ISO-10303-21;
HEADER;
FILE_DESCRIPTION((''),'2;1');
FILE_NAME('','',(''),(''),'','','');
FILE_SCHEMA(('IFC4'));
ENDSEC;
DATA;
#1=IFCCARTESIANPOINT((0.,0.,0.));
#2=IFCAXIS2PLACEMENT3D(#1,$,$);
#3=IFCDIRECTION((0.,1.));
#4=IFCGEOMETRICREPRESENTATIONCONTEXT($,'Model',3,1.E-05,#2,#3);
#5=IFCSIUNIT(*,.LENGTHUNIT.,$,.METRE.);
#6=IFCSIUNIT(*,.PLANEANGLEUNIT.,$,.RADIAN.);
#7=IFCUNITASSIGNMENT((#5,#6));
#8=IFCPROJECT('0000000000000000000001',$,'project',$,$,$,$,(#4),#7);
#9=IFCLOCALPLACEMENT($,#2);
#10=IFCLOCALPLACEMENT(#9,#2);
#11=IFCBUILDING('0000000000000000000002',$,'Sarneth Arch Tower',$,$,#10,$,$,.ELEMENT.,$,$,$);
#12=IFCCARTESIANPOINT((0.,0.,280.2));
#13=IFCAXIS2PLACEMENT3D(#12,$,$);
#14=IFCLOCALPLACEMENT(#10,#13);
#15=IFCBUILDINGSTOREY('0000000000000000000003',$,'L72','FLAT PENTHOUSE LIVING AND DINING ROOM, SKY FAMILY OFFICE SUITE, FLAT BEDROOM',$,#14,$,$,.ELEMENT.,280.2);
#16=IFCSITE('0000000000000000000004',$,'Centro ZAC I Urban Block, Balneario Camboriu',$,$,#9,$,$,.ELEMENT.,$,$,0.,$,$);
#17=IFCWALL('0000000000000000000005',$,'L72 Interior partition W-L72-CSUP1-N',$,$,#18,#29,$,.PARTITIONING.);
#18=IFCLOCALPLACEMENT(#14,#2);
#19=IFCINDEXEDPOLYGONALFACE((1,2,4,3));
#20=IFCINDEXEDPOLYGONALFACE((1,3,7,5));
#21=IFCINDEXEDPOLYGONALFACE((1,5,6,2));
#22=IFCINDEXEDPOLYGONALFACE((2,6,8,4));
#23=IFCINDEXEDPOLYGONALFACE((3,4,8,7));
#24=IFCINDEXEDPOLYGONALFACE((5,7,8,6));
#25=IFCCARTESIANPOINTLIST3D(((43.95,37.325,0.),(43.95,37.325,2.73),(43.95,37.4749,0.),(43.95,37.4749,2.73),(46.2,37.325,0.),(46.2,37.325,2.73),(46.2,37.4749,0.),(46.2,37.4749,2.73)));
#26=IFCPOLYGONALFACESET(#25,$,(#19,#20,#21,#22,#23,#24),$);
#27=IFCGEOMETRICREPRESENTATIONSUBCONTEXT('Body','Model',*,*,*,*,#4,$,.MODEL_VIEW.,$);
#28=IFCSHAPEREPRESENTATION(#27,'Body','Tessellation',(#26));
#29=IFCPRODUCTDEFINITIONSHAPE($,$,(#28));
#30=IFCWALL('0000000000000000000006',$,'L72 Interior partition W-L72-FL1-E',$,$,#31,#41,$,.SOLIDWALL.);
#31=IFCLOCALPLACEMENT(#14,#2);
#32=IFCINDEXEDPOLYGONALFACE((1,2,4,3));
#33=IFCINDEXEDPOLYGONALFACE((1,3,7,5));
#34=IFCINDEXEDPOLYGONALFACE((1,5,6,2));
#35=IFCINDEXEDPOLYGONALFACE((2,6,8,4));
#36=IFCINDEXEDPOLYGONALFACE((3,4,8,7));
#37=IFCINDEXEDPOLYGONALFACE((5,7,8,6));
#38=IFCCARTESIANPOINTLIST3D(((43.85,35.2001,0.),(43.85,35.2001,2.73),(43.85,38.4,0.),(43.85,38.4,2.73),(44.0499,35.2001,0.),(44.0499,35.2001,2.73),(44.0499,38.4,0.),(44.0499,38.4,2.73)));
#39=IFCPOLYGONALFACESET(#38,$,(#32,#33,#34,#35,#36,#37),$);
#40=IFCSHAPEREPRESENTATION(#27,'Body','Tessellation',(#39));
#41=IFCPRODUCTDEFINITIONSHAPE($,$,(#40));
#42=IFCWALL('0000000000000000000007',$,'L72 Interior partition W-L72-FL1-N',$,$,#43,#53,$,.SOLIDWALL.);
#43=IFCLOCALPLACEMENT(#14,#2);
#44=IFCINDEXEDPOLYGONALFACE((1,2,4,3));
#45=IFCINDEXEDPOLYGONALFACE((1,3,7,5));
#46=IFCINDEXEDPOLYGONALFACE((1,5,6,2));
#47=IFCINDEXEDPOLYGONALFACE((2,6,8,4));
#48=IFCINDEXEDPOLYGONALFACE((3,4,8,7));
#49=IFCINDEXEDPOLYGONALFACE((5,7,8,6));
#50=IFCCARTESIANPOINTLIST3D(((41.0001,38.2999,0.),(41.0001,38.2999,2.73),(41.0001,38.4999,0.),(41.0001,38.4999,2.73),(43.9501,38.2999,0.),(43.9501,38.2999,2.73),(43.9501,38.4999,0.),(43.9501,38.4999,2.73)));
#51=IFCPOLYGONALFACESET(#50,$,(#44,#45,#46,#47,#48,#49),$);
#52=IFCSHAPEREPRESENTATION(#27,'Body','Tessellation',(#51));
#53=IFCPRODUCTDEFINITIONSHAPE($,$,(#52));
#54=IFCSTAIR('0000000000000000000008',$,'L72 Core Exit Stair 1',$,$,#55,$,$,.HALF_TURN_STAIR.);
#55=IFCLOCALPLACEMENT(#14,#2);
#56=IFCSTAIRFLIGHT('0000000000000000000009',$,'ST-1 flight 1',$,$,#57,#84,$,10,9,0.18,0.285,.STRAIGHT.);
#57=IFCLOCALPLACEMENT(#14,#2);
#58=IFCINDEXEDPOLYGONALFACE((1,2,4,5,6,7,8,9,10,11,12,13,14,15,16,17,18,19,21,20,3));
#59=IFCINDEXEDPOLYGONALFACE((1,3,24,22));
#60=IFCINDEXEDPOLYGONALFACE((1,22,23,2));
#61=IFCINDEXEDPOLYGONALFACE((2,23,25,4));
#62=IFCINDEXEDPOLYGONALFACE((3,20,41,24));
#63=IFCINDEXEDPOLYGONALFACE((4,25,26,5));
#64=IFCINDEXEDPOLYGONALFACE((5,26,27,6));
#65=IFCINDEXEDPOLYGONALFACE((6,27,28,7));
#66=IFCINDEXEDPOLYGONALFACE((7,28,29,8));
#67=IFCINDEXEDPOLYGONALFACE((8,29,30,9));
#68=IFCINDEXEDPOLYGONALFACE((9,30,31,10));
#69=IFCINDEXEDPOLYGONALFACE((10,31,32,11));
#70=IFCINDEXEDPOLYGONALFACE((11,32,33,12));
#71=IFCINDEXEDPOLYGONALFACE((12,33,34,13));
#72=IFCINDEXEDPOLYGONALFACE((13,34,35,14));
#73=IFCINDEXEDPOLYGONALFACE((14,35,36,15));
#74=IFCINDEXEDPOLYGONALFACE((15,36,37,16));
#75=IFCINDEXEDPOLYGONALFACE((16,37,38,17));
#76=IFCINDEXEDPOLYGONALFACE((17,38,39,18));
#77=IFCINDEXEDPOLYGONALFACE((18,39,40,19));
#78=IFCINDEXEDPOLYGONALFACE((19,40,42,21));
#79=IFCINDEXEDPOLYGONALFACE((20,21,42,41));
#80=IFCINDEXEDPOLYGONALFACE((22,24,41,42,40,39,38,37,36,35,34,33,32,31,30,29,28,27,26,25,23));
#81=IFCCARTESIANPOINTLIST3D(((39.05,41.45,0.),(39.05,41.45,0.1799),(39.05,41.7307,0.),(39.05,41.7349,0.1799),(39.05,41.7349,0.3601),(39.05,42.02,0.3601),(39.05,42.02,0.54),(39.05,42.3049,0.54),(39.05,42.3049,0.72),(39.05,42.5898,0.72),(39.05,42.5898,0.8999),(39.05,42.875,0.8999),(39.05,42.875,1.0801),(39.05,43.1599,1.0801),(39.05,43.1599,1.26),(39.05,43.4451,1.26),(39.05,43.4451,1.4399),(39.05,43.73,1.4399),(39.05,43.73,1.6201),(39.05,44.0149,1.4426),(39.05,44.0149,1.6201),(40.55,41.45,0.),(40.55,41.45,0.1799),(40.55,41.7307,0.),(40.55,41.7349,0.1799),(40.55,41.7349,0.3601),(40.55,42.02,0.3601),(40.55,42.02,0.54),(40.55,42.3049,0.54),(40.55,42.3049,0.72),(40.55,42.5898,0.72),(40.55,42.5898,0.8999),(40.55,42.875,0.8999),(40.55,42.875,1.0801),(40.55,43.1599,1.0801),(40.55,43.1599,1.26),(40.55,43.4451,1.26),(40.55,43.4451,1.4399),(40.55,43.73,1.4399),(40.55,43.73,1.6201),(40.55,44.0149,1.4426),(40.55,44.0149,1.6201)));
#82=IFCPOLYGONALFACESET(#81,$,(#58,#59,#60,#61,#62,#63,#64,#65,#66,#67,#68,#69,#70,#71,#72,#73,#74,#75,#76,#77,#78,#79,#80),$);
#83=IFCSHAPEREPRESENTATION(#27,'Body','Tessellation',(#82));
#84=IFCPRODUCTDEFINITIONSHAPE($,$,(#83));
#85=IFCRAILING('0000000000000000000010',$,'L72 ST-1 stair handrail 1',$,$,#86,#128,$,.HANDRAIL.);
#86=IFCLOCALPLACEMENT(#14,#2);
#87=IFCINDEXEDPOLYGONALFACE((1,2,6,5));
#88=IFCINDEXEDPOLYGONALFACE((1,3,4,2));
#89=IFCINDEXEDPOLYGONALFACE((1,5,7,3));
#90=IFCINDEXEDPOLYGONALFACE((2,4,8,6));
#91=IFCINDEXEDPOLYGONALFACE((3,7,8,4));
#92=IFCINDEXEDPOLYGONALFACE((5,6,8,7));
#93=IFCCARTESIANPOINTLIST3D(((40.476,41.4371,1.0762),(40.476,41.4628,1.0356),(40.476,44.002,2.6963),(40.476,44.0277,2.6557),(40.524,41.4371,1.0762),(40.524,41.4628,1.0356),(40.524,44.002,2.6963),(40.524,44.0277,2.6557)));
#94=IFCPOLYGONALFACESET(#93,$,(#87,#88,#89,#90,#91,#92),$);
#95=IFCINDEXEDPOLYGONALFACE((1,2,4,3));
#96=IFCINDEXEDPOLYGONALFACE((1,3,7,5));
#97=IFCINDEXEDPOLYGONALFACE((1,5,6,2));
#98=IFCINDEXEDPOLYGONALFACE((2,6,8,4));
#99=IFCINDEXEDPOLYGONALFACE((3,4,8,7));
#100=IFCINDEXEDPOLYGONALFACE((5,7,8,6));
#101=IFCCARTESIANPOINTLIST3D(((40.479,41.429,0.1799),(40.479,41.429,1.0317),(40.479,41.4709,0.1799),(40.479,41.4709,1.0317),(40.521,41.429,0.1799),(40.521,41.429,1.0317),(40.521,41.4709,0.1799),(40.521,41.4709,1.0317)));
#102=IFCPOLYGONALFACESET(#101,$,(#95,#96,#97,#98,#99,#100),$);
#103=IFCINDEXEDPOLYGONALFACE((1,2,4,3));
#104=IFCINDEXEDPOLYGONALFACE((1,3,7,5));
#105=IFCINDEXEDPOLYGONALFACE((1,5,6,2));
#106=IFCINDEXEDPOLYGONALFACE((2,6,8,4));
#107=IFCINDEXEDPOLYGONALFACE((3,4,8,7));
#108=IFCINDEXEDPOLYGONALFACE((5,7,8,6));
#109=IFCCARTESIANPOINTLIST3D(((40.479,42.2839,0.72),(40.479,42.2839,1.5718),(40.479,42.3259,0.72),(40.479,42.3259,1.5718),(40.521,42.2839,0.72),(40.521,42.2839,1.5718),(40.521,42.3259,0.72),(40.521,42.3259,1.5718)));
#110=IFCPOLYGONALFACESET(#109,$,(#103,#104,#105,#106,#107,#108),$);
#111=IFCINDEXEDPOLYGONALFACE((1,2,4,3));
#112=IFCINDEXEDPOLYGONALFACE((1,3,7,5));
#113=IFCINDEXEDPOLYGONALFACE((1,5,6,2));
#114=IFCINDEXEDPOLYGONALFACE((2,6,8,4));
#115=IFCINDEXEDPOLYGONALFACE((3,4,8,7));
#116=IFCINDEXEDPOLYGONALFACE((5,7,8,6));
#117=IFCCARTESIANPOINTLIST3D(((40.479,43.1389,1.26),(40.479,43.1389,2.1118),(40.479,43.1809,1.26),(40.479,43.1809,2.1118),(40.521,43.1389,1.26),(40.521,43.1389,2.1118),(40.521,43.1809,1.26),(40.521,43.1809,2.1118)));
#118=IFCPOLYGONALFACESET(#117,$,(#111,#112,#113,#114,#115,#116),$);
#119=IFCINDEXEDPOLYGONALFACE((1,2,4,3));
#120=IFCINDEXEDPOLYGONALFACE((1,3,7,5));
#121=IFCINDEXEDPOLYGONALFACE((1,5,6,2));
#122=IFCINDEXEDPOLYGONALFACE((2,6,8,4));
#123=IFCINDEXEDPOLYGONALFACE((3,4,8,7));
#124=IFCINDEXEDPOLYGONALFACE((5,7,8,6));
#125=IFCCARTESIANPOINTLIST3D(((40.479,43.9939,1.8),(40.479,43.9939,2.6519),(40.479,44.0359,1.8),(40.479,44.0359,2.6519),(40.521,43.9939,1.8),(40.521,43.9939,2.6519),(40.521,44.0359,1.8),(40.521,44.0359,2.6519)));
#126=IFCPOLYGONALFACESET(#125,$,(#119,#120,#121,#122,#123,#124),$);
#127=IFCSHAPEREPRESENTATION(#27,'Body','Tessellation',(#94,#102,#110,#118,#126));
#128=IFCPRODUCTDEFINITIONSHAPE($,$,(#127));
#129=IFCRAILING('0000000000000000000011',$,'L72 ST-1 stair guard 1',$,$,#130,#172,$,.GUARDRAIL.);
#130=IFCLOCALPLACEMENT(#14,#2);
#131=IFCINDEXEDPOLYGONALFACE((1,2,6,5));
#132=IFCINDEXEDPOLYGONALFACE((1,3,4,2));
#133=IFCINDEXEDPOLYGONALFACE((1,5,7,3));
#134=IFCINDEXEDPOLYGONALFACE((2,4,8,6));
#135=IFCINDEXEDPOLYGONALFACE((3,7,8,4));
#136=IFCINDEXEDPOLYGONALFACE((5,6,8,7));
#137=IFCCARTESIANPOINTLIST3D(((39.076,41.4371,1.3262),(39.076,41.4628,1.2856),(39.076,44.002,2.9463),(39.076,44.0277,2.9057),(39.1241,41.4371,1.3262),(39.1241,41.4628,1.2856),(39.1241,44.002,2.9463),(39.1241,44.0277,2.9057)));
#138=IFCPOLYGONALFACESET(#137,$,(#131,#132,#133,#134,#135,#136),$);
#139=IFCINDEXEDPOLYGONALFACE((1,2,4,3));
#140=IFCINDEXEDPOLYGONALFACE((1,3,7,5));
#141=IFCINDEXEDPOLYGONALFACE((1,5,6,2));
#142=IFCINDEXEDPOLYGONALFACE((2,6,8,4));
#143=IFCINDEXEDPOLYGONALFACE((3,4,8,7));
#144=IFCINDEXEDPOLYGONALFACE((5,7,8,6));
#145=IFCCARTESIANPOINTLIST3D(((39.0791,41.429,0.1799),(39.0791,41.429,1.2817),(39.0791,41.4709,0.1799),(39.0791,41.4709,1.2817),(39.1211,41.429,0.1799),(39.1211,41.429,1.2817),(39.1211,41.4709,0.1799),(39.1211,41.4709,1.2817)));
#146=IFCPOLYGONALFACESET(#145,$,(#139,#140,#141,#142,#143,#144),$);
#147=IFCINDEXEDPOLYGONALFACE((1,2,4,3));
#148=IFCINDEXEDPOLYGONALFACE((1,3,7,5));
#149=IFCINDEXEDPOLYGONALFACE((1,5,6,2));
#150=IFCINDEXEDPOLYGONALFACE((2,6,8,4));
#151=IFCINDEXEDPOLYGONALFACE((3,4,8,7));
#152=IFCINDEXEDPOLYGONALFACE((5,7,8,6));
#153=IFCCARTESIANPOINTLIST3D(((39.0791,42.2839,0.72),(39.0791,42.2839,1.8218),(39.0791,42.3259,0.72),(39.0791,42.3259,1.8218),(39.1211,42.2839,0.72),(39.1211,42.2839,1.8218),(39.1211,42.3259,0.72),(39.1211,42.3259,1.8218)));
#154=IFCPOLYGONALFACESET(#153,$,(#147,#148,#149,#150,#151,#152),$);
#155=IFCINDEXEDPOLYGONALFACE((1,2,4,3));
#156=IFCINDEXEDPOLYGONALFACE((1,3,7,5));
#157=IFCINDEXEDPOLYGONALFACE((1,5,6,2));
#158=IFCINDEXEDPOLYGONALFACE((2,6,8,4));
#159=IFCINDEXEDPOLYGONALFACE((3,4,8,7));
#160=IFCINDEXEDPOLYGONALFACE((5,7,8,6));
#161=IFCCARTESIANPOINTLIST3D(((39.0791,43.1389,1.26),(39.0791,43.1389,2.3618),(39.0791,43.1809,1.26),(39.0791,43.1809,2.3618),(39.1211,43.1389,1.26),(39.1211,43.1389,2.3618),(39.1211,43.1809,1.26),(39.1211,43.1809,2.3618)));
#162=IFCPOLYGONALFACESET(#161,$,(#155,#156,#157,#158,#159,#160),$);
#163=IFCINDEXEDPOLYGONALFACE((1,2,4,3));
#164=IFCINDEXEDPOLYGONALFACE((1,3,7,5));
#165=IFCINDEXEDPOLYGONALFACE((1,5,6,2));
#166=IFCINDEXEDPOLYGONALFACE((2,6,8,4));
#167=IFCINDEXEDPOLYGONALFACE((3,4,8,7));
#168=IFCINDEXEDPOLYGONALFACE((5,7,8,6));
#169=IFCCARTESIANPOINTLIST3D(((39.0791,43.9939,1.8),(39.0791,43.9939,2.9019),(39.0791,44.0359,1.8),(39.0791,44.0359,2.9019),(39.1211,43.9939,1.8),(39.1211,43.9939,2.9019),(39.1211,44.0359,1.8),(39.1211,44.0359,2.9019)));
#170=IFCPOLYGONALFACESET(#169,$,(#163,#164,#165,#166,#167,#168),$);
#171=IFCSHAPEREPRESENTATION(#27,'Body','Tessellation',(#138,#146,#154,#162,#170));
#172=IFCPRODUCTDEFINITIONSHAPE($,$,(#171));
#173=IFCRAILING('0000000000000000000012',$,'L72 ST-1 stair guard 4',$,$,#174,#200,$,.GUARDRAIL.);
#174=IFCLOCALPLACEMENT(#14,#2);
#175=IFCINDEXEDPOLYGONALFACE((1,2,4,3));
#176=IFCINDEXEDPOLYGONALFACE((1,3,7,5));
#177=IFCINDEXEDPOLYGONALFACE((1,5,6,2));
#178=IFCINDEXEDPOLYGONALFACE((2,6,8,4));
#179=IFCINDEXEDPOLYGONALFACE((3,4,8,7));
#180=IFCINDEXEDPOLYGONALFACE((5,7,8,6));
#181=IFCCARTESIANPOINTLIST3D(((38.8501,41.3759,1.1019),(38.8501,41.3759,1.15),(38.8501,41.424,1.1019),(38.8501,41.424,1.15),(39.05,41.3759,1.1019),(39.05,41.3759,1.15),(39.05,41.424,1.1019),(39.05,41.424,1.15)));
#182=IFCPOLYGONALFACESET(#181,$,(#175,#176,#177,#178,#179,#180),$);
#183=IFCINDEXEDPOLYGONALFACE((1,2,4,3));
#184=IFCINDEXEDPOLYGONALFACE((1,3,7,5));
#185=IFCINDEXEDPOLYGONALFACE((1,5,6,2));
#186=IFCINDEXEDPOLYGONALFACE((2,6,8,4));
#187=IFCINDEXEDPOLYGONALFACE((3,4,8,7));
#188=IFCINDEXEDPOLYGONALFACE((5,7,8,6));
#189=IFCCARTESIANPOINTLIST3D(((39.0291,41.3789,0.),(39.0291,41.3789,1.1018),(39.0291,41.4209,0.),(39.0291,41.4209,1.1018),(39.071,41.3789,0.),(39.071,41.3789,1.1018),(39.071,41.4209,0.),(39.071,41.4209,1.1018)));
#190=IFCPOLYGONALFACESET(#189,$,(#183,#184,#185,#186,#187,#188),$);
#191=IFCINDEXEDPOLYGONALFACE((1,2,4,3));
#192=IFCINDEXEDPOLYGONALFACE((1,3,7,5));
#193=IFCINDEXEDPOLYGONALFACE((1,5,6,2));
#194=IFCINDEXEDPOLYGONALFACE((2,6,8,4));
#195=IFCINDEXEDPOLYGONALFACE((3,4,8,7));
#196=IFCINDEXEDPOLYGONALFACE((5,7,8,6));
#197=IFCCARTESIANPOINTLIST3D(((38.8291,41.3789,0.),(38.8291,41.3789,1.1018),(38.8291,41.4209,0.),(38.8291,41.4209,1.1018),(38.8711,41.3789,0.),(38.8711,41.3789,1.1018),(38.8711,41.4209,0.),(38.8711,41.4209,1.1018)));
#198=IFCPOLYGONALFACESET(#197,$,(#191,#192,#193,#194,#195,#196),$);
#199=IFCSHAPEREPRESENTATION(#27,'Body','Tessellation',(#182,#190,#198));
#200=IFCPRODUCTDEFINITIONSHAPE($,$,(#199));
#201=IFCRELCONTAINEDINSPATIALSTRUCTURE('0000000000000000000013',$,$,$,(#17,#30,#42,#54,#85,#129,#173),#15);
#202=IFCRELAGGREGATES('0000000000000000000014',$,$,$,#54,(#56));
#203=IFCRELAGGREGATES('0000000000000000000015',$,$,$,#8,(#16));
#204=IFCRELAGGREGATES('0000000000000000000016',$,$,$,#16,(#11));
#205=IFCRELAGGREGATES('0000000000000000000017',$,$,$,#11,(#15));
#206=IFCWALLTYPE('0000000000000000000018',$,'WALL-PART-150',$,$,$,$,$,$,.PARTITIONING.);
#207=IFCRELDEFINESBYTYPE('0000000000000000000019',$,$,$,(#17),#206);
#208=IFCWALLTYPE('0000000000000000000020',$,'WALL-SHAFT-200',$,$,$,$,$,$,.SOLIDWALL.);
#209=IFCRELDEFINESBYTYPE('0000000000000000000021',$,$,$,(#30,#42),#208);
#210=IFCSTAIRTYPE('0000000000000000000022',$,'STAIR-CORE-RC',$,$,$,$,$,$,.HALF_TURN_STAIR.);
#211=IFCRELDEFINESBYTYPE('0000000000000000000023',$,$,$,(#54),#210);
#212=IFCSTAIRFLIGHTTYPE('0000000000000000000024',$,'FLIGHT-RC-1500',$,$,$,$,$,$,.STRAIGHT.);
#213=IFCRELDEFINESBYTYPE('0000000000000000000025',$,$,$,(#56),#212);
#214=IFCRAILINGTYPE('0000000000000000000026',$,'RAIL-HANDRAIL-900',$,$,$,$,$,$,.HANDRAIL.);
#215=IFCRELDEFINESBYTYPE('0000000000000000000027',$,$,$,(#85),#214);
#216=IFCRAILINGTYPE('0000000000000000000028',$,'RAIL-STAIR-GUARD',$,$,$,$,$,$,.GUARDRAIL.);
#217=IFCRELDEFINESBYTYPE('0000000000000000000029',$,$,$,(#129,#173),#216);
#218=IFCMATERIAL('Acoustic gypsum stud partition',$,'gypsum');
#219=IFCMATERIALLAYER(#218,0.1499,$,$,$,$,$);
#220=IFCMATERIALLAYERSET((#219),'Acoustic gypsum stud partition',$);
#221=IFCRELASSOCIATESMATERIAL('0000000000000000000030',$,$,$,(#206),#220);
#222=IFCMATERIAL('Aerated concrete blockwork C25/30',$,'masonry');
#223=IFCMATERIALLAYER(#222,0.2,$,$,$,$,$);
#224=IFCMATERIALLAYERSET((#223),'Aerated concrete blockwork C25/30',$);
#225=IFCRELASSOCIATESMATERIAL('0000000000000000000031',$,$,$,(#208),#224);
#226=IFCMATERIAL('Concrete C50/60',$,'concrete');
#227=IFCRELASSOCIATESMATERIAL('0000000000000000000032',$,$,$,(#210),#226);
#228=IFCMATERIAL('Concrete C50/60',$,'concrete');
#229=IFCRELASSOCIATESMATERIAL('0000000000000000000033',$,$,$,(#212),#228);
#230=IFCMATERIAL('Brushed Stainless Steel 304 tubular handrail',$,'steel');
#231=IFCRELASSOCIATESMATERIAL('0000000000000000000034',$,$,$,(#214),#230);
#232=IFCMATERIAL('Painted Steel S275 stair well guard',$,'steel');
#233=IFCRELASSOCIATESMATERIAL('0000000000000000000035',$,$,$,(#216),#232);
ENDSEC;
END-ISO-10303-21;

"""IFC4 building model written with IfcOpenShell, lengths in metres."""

from ifc_helpers import new_model, si_unit, direction, frame, frame_2d, origin, origin_2d, place, context, subcontext, project, spatial, polyline, rectangle, outline, extrude, material, layer, layer_set, type_object, element, aggregate, save


model = new_model("IFC4")

# Units and contexts
model_context = context("Model", 3, precision=1e-05, world=origin(), true_north=direction((0.0, 1.0)))
body_context = subcontext(model_context, "Body", "Model", "MODEL_VIEW")
ifc_project = project(units=[si_unit("LENGTHUNIT", "METRE"), si_unit("PLANEANGLEUNIT", "RADIAN")], contexts=[model_context])

# Site, building, storey
site_placement = place(None, origin())
site = spatial("IfcSite", under=ifc_project, at=site_placement, Name="Centro ZAC I Urban Block, Balneario Camboriu", CompositionType="ELEMENT", RefElevation=0.0)
building_placement = place(site_placement, origin())
building = spatial("IfcBuilding", under=site, at=building_placement, Name="Sarneth Arch Tower", CompositionType="ELEMENT")
storey_placement = place(building_placement, frame((0.0, 0.0, 280.2)))
storey = spatial("IfcBuildingStorey", under=building, at=storey_placement, Name="L72", Description="FLAT PENTHOUSE LIVING AND DINING ROOM, SKY FAMILY OFFICE SUITE, FLAT BEDROOM", CompositionType="ELEMENT", Elevation=280.2)

# Shared definitions
ifc_material_1 = material(Name="Acoustic gypsum stud partition", Category="gypsum")
ifc_layer_1 = layer(ifc_material_1, 0.1499)
ifc_layer_set_1 = layer_set([ifc_layer_1], Name="Acoustic gypsum stud partition")
wall_type_1 = type_object("IfcWallType", Name="WALL-PART-150", PredefinedType="PARTITIONING", material=ifc_layer_set_1)

# Wall
wall_1_placement = place(storey_placement, frame((43.95, 37.3999, 0.0), z_axis=(0.0, 0.0, 1.0), x_axis=(1.0, 0.0, 0.0)))
element("IfcWall", 1, at=wall_1_placement, inside=storey, type_object=wall_type_1, Name="L72 Interior partition W-L72-CSUP1-N", PredefinedType="PARTITIONING", context=body_context, shape_type="SweptSolid", body=[
    extrude(rectangle(XDim=2.25, YDim=0.1499, at=frame_2d((1.125, 0.0))), origin(), (0.0, 0.0, 1.0), 2.73),
])

# Shared definitions
ifc_material_2 = material(Name="Aerated concrete blockwork C25/30", Category="masonry")
ifc_layer_2 = layer(ifc_material_2, 0.2)
ifc_layer_set_2 = layer_set([ifc_layer_2], Name="Aerated concrete blockwork C25/30")
wall_type_2 = type_object("IfcWallType", Name="WALL-SHAFT-200", PredefinedType="SOLIDWALL", material=ifc_layer_set_2)

# Walls
wall_2_placement = place(storey_placement, frame((43.95, 35.2, 0.0), z_axis=(0.0, 0.0, 1.0), x_axis=(0.0, 1.0, 0.0)))
element("IfcWall", 2, at=wall_2_placement, inside=storey, type_object=wall_type_2, Name="L72 Interior partition W-L72-FL1-E", PredefinedType="SOLIDWALL", context=body_context, shape_type="SweptSolid", body=[
    extrude(rectangle(XDim=3.2, YDim=0.2, at=frame_2d((1.6001, 0.0))), origin(), (0.0, 0.0, 1.0), 2.73),
])
wall_3_placement = place(storey_placement, frame((41.0, 38.3999, 0.0), z_axis=(0.0, 0.0, 1.0), x_axis=(1.0, 0.0, 0.0)))
element("IfcWall", 3, at=wall_3_placement, inside=storey, type_object=wall_type_2, Name="L72 Interior partition W-L72-FL1-N", PredefinedType="SOLIDWALL", context=body_context, shape_type="SweptSolid", body=[
    extrude(rectangle(XDim=2.95, YDim=0.2, at=frame_2d((1.4751, 0.0))), origin(), (0.0, 0.0, 1.0), 2.73),
])

# Stair, stair flight
ifc_material_3 = material(Name="Concrete C50/60", Category="concrete")
stair_type = type_object("IfcStairType", Name="STAIR-CORE-RC", PredefinedType="HALF_TURN_STAIR", material=ifc_material_3)
stair_placement = place(storey_placement, origin())
stair = element("IfcStair", 4, at=stair_placement, inside=storey, type_object=stair_type, Name="L72 Core Exit Stair 1", PredefinedType="HALF_TURN_STAIR")
ifc_material_4 = material(Name="Concrete C50/60", Category="concrete")
stair_flight_type = type_object("IfcStairFlightType", Name="FLIGHT-RC-1500", PredefinedType="STRAIGHT", material=ifc_material_4)
stair_flight_placement = place(storey_placement, frame((39.8, 41.45, 0.0), z_axis=(0.0, 0.0, 1.0), x_axis=(0.0, 1.0, 0.0)))
stair_flight = element("IfcStairFlight", 5, at=stair_flight_placement, type_object=stair_flight_type, Name="ST-1 flight 1", NumberOfRisers=10, NumberOfTreads=9, PredefinedType="STRAIGHT", RiserHeight=0.18, TreadLength=0.285, context=body_context, shape_type="SweptSolid", body=[
    extrude(outline(polyline([(0.0, 0.0), (0.0, 0.1799), (0.2849, 0.1799), (0.2849, 0.3601), (0.5701, 0.3601), (0.5701, 0.54), (0.855, 0.54), (0.855, 0.72), (1.1399, 0.72), (1.1399, 0.8999), (1.425, 0.8999), (1.425, 1.0801), (1.71, 1.0801), (1.71, 1.26), (1.9951, 1.26), (1.9951, 1.4399), (2.28, 1.4399), (2.28, 1.6201), (2.5649, 1.6201), (2.5649, 1.8), (2.5649, 1.4426), (0.2808, 0.0), (0.0, 0.0)])), frame((0.0, 0.75, 0.0), z_axis=(0.0, -1.0, 0.0), x_axis=(1.0, 0.0, 0.0)), (0.0, 0.0, 1.0), 1.5),
])
aggregate(stair, [stair_flight])

# Railings
ifc_material_5 = material(Name="Brushed Stainless Steel 304 tubular handrail", Category="steel")
railing_type_1 = type_object("IfcRailingType", Name="RAIL-HANDRAIL-900", PredefinedType="HANDRAIL", material=ifc_material_5)
railing_1_placement = place(storey_placement, frame((40.5, 41.45, 0.1799)))
element("IfcRailing", 6, at=railing_1_placement, inside=storey, type_object=railing_type_1, Name="L72 ST-1 stair handrail 1", PredefinedType="HANDRAIL", context=body_context, shape_type="SweptSolid", body=[
    extrude(rectangle(XDim=0.0481, YDim=0.0481, at=origin_2d()), frame((0.0, 0.0, 0.876), z_axis=(0.0, 0.845466, 0.534029), x_axis=(-1.0, 0.0, 0.0)), (0.0, 0.0, 1.0), 3.0337),
    extrude(rectangle(XDim=0.042, YDim=0.042, at=origin_2d()), origin(), (0.0, 0.0, 1.0), 0.8518),
    extrude(rectangle(XDim=0.042, YDim=0.042, at=origin_2d()), frame((0.0, 0.855, 0.54)), (0.0, 0.0, 1.0), 0.8518),
    extrude(rectangle(XDim=0.042, YDim=0.042, at=origin_2d()), frame((0.0, 1.71, 1.0801)), (0.0, 0.0, 1.0), 0.8518),
    extrude(rectangle(XDim=0.042, YDim=0.042, at=origin_2d()), frame((0.0, 2.5649, 1.6201)), (0.0, 0.0, 1.0), 0.8518),
])
ifc_material_6 = material(Name="Painted Steel S275 stair well guard", Category="steel")
railing_type_2 = type_object("IfcRailingType", Name="RAIL-STAIR-GUARD", PredefinedType="GUARDRAIL", material=ifc_material_6)
railing_2_placement = place(storey_placement, frame((39.1001, 41.45, 0.1799)))
element("IfcRailing", 7, at=railing_2_placement, inside=storey, type_object=railing_type_2, Name="L72 ST-1 stair guard 1", PredefinedType="GUARDRAIL", context=body_context, shape_type="SweptSolid", body=[
    extrude(rectangle(XDim=0.0481, YDim=0.0481, at=origin_2d()), frame((0.0, 0.0, 1.126), z_axis=(0.0, 0.845466, 0.534029), x_axis=(-1.0, 0.0, 0.0)), (0.0, 0.0, 1.0), 3.0337),
    extrude(rectangle(XDim=0.042, YDim=0.042, at=origin_2d()), origin(), (0.0, 0.0, 1.0), 1.1018),
    extrude(rectangle(XDim=0.042, YDim=0.042, at=origin_2d()), frame((0.0, 0.855, 0.54)), (0.0, 0.0, 1.0), 1.1018),
    extrude(rectangle(XDim=0.042, YDim=0.042, at=origin_2d()), frame((0.0, 1.71, 1.0801)), (0.0, 0.0, 1.0), 1.1018),
    extrude(rectangle(XDim=0.042, YDim=0.042, at=origin_2d()), frame((0.0, 2.5649, 1.6201)), (0.0, 0.0, 1.0), 1.1018),
])
railing_3_placement = place(storey_placement, frame((39.05, 41.3999, 0.0)))
element("IfcRailing", 8, at=railing_3_placement, inside=storey, type_object=railing_type_2, Name="L72 ST-1 stair guard 4", PredefinedType="GUARDRAIL", context=body_context, shape_type="SweptSolid", body=[
    extrude(rectangle(XDim=0.0481, YDim=0.0481, at=origin_2d()), frame((0.0, 0.0, 1.126), z_axis=(-1.0, 0.0, 0.0), x_axis=(0.0, -1.0, 0.0)), (0.0, 0.0, 1.0), 0.2),
    extrude(rectangle(XDim=0.042, YDim=0.042, at=origin_2d()), origin(), (0.0, 0.0, 1.0), 1.1018),
    extrude(rectangle(XDim=0.042, YDim=0.042, at=origin_2d()), frame((-0.2, 0.0, 0.0)), (0.0, 0.0, 1.0), 1.1018),
])

save(model, "model.ifc")
